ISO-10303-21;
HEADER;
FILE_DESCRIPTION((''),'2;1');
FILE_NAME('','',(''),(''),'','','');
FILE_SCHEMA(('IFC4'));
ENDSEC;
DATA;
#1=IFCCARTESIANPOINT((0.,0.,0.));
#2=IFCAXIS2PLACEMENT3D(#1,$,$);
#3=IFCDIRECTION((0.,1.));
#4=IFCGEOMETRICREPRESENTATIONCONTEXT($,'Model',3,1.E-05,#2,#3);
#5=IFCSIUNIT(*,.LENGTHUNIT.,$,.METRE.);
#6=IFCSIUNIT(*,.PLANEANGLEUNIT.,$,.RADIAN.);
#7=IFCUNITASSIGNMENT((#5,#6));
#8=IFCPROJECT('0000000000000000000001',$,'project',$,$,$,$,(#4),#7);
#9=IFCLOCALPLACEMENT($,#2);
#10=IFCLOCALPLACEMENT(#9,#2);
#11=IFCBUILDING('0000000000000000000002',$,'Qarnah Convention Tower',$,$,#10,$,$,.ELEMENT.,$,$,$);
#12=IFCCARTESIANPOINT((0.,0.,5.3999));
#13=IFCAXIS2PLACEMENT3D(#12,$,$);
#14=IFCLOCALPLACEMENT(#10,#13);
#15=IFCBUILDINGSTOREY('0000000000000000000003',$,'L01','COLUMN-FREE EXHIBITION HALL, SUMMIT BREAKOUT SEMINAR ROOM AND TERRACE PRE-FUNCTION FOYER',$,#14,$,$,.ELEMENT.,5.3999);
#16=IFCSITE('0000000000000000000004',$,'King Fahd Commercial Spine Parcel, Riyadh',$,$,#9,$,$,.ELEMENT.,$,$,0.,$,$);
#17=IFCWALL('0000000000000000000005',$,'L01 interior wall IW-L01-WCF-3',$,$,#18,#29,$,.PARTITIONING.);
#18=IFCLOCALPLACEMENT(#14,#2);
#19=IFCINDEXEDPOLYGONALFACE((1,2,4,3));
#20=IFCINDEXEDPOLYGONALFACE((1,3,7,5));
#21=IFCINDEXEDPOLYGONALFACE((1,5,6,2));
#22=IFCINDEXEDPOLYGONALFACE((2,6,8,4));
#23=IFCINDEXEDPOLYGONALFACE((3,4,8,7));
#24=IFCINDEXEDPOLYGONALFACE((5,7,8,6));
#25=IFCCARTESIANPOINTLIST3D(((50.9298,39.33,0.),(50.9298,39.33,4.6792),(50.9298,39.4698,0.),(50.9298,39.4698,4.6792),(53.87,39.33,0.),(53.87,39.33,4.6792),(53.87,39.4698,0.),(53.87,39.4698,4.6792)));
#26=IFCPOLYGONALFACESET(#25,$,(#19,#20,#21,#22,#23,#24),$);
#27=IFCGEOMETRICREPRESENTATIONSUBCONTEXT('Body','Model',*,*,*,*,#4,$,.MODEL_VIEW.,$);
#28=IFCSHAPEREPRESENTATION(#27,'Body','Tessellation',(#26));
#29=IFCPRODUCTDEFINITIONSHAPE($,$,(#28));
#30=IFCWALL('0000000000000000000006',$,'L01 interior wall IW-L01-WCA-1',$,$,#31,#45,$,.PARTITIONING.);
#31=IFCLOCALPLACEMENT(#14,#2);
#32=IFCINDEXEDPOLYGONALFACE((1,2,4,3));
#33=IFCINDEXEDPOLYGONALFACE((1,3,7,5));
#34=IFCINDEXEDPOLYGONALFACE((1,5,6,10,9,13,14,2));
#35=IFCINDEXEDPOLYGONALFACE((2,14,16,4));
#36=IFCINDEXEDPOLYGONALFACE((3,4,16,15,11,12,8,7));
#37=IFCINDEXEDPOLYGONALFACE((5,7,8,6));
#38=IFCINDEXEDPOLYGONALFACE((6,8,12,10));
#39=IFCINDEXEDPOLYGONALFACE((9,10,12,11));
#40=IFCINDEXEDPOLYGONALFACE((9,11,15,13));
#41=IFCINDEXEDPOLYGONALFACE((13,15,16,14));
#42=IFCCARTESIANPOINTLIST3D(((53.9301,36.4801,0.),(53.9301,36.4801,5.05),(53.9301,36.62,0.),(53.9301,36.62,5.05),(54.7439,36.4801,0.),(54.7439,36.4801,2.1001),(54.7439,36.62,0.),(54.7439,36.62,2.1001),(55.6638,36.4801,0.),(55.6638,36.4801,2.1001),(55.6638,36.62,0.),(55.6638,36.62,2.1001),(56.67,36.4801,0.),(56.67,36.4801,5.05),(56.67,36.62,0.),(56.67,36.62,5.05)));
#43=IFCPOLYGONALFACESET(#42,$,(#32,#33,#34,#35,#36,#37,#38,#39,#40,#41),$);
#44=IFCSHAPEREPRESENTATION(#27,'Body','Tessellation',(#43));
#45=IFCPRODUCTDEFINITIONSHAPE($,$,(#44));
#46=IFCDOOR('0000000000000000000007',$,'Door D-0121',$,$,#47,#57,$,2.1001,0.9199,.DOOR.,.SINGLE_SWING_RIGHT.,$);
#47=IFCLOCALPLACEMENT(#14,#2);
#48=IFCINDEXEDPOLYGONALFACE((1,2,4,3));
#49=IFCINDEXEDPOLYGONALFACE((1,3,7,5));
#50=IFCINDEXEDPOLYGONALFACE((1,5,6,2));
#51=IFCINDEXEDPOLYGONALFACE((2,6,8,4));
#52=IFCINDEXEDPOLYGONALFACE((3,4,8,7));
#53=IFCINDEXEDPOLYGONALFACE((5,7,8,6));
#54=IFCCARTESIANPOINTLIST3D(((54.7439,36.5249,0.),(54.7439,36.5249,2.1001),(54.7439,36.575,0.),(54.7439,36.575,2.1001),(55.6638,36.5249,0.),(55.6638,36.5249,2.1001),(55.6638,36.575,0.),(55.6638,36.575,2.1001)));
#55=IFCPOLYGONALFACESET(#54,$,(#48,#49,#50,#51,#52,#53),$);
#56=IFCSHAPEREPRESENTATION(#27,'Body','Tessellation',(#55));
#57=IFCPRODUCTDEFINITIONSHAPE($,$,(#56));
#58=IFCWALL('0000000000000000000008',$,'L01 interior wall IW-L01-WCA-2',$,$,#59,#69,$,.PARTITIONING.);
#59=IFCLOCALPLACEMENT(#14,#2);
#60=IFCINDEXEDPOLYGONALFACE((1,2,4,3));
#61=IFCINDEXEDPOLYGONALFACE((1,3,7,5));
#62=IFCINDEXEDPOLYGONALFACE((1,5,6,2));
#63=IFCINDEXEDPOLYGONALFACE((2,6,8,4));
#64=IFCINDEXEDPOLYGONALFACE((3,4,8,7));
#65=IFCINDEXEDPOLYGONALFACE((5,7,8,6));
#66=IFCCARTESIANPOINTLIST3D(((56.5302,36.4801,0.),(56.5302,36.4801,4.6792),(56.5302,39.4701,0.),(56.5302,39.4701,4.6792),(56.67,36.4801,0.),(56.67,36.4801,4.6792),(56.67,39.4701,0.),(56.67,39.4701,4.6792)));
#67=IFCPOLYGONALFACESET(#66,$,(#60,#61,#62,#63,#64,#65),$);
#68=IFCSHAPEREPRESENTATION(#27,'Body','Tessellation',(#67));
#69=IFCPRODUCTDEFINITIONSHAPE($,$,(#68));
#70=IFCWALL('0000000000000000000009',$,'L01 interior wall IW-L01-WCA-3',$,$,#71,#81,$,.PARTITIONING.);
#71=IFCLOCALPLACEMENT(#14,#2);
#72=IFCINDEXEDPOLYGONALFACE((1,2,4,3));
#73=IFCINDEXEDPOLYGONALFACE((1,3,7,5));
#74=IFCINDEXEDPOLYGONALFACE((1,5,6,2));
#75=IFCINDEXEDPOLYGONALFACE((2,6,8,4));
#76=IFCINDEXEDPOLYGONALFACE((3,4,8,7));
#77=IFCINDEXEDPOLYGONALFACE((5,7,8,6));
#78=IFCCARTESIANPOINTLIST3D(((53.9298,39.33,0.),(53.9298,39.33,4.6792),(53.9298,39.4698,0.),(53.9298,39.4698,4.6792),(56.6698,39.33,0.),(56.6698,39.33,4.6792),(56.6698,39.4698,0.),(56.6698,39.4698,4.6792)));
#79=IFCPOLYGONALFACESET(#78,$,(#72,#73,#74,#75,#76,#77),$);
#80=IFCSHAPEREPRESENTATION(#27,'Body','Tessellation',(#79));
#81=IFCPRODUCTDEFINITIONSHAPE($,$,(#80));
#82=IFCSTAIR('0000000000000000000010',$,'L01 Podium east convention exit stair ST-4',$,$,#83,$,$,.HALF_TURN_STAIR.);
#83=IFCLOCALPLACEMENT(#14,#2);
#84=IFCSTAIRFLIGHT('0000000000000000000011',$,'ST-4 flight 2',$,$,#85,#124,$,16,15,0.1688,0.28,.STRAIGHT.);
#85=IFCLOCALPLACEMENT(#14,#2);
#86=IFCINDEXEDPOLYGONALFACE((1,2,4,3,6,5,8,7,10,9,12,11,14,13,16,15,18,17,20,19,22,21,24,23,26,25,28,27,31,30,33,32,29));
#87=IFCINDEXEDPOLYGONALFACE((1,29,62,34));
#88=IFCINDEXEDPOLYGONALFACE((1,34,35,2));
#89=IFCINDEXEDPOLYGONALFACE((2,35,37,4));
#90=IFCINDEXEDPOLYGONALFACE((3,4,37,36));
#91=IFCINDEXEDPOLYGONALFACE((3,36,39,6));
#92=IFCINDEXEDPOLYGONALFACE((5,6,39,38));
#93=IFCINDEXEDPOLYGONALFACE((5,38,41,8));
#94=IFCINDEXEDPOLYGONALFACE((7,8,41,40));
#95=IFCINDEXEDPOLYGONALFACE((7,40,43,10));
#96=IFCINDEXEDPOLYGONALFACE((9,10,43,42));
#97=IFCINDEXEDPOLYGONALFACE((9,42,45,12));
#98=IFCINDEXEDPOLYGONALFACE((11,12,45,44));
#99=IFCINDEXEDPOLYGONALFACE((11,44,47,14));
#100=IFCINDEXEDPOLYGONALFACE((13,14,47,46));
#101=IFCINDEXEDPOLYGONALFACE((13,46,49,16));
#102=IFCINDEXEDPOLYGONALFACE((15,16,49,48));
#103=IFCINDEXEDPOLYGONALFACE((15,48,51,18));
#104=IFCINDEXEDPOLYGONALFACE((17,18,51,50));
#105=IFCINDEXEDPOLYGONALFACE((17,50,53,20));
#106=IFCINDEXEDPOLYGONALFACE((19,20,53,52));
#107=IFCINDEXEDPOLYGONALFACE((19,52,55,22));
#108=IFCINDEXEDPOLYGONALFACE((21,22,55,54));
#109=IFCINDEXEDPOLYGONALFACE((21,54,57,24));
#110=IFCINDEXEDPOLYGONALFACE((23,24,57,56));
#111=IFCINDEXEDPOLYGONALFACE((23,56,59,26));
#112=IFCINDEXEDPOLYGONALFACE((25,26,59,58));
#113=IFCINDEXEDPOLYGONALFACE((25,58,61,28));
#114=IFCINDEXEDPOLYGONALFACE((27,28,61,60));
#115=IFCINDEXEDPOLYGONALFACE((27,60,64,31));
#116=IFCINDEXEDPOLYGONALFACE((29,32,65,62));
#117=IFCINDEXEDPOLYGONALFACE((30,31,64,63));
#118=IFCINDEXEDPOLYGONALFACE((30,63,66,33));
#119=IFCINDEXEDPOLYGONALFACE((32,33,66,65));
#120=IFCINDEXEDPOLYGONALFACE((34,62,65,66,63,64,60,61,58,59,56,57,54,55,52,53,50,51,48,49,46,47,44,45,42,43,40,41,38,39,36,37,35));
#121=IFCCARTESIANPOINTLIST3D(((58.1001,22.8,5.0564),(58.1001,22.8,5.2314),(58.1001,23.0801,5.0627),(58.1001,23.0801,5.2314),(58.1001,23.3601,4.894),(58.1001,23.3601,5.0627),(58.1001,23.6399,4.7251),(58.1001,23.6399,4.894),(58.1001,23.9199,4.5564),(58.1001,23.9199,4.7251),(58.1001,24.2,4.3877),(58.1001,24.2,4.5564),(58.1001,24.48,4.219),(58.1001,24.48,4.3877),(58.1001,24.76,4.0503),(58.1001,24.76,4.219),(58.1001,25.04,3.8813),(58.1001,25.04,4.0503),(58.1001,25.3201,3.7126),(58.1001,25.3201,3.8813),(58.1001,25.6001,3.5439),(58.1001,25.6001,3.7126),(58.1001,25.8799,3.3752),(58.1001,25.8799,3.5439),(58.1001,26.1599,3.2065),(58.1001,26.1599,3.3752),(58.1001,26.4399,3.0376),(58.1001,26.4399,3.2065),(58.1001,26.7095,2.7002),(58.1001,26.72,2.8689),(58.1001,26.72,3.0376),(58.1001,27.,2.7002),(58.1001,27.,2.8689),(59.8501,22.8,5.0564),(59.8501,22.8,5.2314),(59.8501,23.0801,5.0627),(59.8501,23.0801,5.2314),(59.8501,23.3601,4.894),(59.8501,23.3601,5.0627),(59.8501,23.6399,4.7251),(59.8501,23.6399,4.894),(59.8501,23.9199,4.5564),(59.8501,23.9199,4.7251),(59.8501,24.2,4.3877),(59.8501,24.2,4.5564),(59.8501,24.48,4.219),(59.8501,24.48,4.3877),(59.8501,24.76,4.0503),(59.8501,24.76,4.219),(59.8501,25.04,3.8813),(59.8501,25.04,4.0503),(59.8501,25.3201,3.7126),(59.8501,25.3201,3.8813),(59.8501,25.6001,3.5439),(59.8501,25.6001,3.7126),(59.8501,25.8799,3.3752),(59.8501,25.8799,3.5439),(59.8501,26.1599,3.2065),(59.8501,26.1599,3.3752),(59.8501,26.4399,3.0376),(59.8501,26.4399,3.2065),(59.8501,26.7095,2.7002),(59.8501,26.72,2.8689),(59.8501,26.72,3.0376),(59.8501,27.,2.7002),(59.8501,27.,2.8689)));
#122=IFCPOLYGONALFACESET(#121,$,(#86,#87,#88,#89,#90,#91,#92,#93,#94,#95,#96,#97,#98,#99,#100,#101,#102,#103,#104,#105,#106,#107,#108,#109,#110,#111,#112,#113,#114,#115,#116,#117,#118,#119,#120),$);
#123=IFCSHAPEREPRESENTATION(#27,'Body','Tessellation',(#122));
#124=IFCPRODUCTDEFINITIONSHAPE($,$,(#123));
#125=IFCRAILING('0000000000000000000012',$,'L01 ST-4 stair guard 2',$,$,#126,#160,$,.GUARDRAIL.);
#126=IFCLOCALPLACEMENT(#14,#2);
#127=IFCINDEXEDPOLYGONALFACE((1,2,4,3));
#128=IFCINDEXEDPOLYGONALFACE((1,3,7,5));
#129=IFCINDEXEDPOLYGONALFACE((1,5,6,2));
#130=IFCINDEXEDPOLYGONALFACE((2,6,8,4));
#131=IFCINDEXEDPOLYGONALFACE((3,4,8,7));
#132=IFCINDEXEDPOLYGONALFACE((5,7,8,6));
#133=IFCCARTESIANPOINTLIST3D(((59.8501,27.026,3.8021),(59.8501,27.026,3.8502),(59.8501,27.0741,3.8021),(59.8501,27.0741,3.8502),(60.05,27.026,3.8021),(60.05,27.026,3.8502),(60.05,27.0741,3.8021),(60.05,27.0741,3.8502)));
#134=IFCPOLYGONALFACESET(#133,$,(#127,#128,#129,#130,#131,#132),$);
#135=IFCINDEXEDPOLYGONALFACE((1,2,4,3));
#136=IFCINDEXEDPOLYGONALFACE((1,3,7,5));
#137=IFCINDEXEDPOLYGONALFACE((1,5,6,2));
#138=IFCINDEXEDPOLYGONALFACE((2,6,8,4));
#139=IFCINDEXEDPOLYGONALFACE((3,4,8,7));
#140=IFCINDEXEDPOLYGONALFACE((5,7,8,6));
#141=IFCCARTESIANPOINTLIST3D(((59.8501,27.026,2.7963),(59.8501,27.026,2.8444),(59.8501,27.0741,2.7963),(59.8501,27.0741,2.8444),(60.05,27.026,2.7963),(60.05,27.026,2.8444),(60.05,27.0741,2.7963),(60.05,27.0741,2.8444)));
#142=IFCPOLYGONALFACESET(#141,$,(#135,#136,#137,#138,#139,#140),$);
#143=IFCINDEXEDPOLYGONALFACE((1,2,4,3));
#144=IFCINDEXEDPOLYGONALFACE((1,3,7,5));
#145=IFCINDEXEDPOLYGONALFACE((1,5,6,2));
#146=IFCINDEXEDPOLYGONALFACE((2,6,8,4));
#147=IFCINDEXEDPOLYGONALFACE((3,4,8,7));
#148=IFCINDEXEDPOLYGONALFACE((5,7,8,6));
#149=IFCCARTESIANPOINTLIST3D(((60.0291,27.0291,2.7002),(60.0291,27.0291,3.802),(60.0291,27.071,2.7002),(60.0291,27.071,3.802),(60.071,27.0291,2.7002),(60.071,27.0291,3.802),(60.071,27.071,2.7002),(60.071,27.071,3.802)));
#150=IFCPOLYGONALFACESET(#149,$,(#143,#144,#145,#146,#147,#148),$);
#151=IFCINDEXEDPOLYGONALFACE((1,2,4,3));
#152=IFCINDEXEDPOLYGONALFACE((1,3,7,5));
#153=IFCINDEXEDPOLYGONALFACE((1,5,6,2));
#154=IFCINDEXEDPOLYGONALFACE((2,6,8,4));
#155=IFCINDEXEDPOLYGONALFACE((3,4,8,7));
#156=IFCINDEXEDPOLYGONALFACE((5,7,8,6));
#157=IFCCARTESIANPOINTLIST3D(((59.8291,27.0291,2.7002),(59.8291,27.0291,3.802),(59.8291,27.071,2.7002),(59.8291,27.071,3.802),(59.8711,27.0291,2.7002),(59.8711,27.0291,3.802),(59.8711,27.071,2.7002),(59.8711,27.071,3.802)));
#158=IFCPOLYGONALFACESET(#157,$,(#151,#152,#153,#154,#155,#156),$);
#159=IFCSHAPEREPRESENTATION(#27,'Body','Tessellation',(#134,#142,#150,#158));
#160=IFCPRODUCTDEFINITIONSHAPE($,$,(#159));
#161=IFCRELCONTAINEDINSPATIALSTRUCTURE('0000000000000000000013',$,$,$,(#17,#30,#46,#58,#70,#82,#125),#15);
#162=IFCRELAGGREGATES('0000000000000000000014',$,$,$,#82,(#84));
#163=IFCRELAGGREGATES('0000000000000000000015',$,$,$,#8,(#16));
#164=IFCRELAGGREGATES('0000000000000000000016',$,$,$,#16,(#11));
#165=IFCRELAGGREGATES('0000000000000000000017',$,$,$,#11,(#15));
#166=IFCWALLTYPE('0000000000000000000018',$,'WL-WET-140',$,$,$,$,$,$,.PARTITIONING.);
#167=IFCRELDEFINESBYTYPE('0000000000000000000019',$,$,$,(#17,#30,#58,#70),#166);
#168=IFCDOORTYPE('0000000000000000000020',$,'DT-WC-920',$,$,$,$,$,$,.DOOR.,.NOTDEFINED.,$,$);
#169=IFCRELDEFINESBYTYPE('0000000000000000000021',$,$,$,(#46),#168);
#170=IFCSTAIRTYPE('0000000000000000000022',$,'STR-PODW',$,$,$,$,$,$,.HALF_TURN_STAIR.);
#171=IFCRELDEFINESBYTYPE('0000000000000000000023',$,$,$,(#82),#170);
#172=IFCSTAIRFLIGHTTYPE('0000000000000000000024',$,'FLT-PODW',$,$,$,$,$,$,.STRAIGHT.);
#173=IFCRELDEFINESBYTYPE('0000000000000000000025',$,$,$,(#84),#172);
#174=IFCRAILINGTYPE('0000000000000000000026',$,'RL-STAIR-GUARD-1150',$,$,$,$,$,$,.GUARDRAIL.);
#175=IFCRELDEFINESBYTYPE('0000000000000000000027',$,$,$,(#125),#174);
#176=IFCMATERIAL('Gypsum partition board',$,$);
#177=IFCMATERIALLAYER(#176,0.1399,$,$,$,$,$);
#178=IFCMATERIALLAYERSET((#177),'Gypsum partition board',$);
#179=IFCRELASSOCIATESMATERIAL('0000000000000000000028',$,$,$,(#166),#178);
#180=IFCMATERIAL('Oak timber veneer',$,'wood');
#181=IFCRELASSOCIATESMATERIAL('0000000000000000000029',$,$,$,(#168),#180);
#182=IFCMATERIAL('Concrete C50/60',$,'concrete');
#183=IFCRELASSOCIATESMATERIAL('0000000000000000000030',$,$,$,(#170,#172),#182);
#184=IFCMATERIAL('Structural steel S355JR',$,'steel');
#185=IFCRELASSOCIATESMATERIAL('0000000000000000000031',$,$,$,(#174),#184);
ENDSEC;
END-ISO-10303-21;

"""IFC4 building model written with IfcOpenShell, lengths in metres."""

from ifc_helpers import new_model, si_unit, direction, frame, frame_2d, origin, origin_2d, place, context, subcontext, project, spatial, polyline, rectangle, outline, extrude, material, layer, layer_set, type_object, element, fill, aggregate, save


model = new_model("IFC4")

# Units and contexts
model_context = context("Model", 3, precision=1e-05, world=origin(), true_north=direction((0.0, 1.0)))
body_context = subcontext(model_context, "Body", "Model", "MODEL_VIEW")
ifc_project = project(units=[si_unit("LENGTHUNIT", "METRE"), si_unit("PLANEANGLEUNIT", "RADIAN")], contexts=[model_context])

# Site, building, storey
site_placement = place(None, origin())
site = spatial("IfcSite", under=ifc_project, at=site_placement, Name="King Fahd Commercial Spine Parcel, Riyadh", CompositionType="ELEMENT", RefElevation=0.0)
building_placement = place(site_placement, origin())
building = spatial("IfcBuilding", under=site, at=building_placement, Name="Qarnah Convention Tower", CompositionType="ELEMENT")
storey_placement = place(building_placement, frame((0.0, 0.0, 5.3999)))
storey = spatial("IfcBuildingStorey", under=building, at=storey_placement, Name="L01", Description="COLUMN-FREE EXHIBITION HALL, SUMMIT BREAKOUT SEMINAR ROOM AND TERRACE PRE-FUNCTION FOYER", CompositionType="ELEMENT", Elevation=5.3999)

# Shared definitions
ifc_material_1 = material(Name="Structural steel S355JR", Category="steel")

# Shared definitions
ifc_material_2 = material(Name="Gypsum partition board")
ifc_material_3 = material(Name="Oak timber veneer", Category="wood")

# Shared definitions
ifc_layer_1 = layer(ifc_material_2, 0.1399)
ifc_layer_set_1 = layer_set([ifc_layer_1], Name="Gypsum partition board")
wall_type_1 = type_object("IfcWallType", Name="WL-WET-140", PredefinedType="PARTITIONING", material=ifc_layer_set_1)

# Shared definitions
door_type_1 = type_object("IfcDoorType", Name="DT-WC-920", OperationType="NOTDEFINED", PredefinedType="DOOR", material=ifc_material_3)

# Wall
wall_1_placement = place(storey_placement, frame((53.8701, 39.3999, 0.0), z_axis=(0.0, 0.0, 1.0), x_axis=(-1.0, 0.0, 0.0)))
element("IfcWall", 1, at=wall_1_placement, inside=storey, type_object=wall_type_1, Name="L01 interior wall IW-L01-WCF-3", PredefinedType="PARTITIONING", context=body_context, shape_type="SweptSolid", body=[
    extrude(rectangle(XDim=2.9402, YDim=0.1399, at=frame_2d((1.4702, 0.0))), origin(), (0.0, 0.0, 1.0), 4.6792),
])

# Wall, opening, door
wall_2_placement = place(storey_placement, frame((53.9299, 36.55, 0.0), z_axis=(0.0, 0.0, 1.0), x_axis=(1.0, 0.0, 0.0)))
wall_2 = element("IfcWall", 2, at=wall_2_placement, inside=storey, type_object=wall_type_1, Name="L01 interior wall IW-L01-WCA-1", PredefinedType="PARTITIONING", context=body_context, shape_type="SweptSolid", body=[
    extrude(rectangle(XDim=2.74, YDim=0.1399, at=frame_2d((1.3701, 0.0))), origin(), (0.0, 0.0, 1.0), 5.05),
])
opening_1_placement = place(wall_2_placement, frame((0.814, 0.0, 0.0)))
opening_1 = element("IfcOpeningElement", 3, at=opening_1_placement, cuts=wall_2, PredefinedType="OPENING", context=body_context, shape_type="SweptSolid", body=[
    extrude(rectangle(XDim=0.9199, YDim=2.1001, at=frame_2d((0.46, 1.05))), frame((0.0, 0.0798, 0.0), z_axis=(0.0, -1.0, 0.0), x_axis=(1.0, 0.0, 0.0)), (0.0, 0.0, 1.0), 0.1599),
])
door_1_placement = place(opening_1_placement, origin())
door_1 = element("IfcDoor", 4, at=door_1_placement, inside=storey, type_object=door_type_1, Name="Door D-0121", OperationType="SINGLE_SWING_RIGHT", OverallHeight=2.1001, OverallWidth=0.9199, PredefinedType="DOOR", context=body_context, shape_type="SweptSolid", body=[
    extrude(rectangle(XDim=0.9199, YDim=2.1001, at=frame_2d((0.46, 1.05))), frame((0.0, 0.0249, 0.0), z_axis=(0.0, -1.0, 0.0), x_axis=(1.0, 0.0, 0.0)), (0.0, 0.0, 1.0), 0.05),
])
fill(opening_1, door_1)

# Walls
wall_3_placement = place(storey_placement, frame((56.6001, 36.48, 0.0), z_axis=(0.0, 0.0, 1.0), x_axis=(0.0, 1.0, 0.0)))
element("IfcWall", 5, at=wall_3_placement, inside=storey, type_object=wall_type_1, Name="L01 interior wall IW-L01-WCA-2", PredefinedType="PARTITIONING", context=body_context, shape_type="SweptSolid", body=[
    extrude(rectangle(XDim=2.99, YDim=0.1399, at=frame_2d((1.4951, 0.0))), origin(), (0.0, 0.0, 1.0), 4.6792),
])
wall_4_placement = place(storey_placement, frame((56.6699, 39.3999, 0.0), z_axis=(0.0, 0.0, 1.0), x_axis=(-1.0, 0.0, 0.0)))
element("IfcWall", 6, at=wall_4_placement, inside=storey, type_object=wall_type_1, Name="L01 interior wall IW-L01-WCA-3", PredefinedType="PARTITIONING", context=body_context, shape_type="SweptSolid", body=[
    extrude(rectangle(XDim=2.74, YDim=0.1399, at=frame_2d((1.3701, 0.0))), origin(), (0.0, 0.0, 1.0), 4.6792),
])

# Stair, stair flight
ifc_material_4 = material(Name="Concrete C50/60", Category="concrete")
stair_type = type_object("IfcStairType", Name="STR-PODW", PredefinedType="HALF_TURN_STAIR", material=ifc_material_4)
stair_placement = place(storey_placement, origin())
stair = element("IfcStair", 7, at=stair_placement, inside=storey, type_object=stair_type, Name="L01 Podium east convention exit stair ST-4", PredefinedType="HALF_TURN_STAIR")
stair_flight_type = type_object("IfcStairFlightType", Name="FLT-PODW", PredefinedType="STRAIGHT", material=ifc_material_4)
stair_flight_placement = place(storey_placement, frame((58.9751, 27.0, 2.7002), z_axis=(0.0, 0.0, 1.0), x_axis=(0.0, -1.0, 0.0)))
stair_flight = element("IfcStairFlight", 8, at=stair_flight_placement, type_object=stair_flight_type, Name="ST-4 flight 2", NumberOfRisers=16, NumberOfTreads=15, PredefinedType="STRAIGHT", RiserHeight=0.1688, TreadLength=0.28, context=body_context, shape_type="SweptSolid", body=[
    extrude(outline(polyline([(0.0, 0.0), (0.0, 0.1687), (0.28, 0.1687), (0.28, 0.3374), (0.5601, 0.3374), (0.5601, 0.5063), (0.8401, 0.5063), (0.8401, 0.675), (1.1201, 0.675), (1.1201, 0.8438), (1.3999, 0.8438), (1.3999, 1.0125), (1.6799, 1.0125), (1.6799, 1.1812), (1.96, 1.1812), (1.96, 1.3501), (2.24, 1.3501), (2.24, 1.5188), (2.52, 1.5188), (2.52, 1.6875), (2.8, 1.6875), (2.8, 1.8562), (3.0801, 1.8562), (3.0801, 2.0249), (3.3601, 2.0249), (3.3601, 2.1938), (3.6399, 2.1938), (3.6399, 2.3625), (3.9199, 2.3625), (3.9199, 2.5312), (4.2, 2.5312), (4.2, 2.7), (4.2, 2.3562), (0.2905, 0.0), (0.0, 0.0)])), frame((0.0, 0.875, 0.0), z_axis=(0.0, -1.0, 0.0), x_axis=(1.0, 0.0, 0.0)), (0.0, 0.0, 1.0), 1.75),
])
aggregate(stair, [stair_flight])

# Railing
railing_type = type_object("IfcRailingType", Name="RL-STAIR-GUARD-1150", PredefinedType="GUARDRAIL", material=ifc_material_1)
railing_1_placement = place(storey_placement, frame((60.05, 27.05, 2.7002)))
element("IfcRailing", 9, at=railing_1_placement, inside=storey, type_object=railing_type, Name="L01 ST-4 stair guard 2", PredefinedType="GUARDRAIL", context=body_context, shape_type="SweptSolid", body=[
    extrude(rectangle(XDim=0.0481, YDim=0.0481, at=origin_2d()), frame((0.0, 0.0, 1.126), z_axis=(-1.0, 0.0, 0.0), x_axis=(0.0, -1.0, 0.0)), (0.0, 0.0, 1.0), 0.2),
    extrude(rectangle(XDim=0.0481, YDim=0.0481, at=origin_2d()), frame((0.0, 0.0, 0.1201), z_axis=(-1.0, 0.0, 0.0), x_axis=(0.0, -1.0, 0.0)), (0.0, 0.0, 1.0), 0.2),
    extrude(rectangle(XDim=0.042, YDim=0.042, at=origin_2d()), origin(), (0.0, 0.0, 1.0), 1.1018),
    extrude(rectangle(XDim=0.042, YDim=0.042, at=origin_2d()), frame((-0.2, 0.0, 0.0)), (0.0, 0.0, 1.0), 1.1018),
])

save(model, "model.ifc")
